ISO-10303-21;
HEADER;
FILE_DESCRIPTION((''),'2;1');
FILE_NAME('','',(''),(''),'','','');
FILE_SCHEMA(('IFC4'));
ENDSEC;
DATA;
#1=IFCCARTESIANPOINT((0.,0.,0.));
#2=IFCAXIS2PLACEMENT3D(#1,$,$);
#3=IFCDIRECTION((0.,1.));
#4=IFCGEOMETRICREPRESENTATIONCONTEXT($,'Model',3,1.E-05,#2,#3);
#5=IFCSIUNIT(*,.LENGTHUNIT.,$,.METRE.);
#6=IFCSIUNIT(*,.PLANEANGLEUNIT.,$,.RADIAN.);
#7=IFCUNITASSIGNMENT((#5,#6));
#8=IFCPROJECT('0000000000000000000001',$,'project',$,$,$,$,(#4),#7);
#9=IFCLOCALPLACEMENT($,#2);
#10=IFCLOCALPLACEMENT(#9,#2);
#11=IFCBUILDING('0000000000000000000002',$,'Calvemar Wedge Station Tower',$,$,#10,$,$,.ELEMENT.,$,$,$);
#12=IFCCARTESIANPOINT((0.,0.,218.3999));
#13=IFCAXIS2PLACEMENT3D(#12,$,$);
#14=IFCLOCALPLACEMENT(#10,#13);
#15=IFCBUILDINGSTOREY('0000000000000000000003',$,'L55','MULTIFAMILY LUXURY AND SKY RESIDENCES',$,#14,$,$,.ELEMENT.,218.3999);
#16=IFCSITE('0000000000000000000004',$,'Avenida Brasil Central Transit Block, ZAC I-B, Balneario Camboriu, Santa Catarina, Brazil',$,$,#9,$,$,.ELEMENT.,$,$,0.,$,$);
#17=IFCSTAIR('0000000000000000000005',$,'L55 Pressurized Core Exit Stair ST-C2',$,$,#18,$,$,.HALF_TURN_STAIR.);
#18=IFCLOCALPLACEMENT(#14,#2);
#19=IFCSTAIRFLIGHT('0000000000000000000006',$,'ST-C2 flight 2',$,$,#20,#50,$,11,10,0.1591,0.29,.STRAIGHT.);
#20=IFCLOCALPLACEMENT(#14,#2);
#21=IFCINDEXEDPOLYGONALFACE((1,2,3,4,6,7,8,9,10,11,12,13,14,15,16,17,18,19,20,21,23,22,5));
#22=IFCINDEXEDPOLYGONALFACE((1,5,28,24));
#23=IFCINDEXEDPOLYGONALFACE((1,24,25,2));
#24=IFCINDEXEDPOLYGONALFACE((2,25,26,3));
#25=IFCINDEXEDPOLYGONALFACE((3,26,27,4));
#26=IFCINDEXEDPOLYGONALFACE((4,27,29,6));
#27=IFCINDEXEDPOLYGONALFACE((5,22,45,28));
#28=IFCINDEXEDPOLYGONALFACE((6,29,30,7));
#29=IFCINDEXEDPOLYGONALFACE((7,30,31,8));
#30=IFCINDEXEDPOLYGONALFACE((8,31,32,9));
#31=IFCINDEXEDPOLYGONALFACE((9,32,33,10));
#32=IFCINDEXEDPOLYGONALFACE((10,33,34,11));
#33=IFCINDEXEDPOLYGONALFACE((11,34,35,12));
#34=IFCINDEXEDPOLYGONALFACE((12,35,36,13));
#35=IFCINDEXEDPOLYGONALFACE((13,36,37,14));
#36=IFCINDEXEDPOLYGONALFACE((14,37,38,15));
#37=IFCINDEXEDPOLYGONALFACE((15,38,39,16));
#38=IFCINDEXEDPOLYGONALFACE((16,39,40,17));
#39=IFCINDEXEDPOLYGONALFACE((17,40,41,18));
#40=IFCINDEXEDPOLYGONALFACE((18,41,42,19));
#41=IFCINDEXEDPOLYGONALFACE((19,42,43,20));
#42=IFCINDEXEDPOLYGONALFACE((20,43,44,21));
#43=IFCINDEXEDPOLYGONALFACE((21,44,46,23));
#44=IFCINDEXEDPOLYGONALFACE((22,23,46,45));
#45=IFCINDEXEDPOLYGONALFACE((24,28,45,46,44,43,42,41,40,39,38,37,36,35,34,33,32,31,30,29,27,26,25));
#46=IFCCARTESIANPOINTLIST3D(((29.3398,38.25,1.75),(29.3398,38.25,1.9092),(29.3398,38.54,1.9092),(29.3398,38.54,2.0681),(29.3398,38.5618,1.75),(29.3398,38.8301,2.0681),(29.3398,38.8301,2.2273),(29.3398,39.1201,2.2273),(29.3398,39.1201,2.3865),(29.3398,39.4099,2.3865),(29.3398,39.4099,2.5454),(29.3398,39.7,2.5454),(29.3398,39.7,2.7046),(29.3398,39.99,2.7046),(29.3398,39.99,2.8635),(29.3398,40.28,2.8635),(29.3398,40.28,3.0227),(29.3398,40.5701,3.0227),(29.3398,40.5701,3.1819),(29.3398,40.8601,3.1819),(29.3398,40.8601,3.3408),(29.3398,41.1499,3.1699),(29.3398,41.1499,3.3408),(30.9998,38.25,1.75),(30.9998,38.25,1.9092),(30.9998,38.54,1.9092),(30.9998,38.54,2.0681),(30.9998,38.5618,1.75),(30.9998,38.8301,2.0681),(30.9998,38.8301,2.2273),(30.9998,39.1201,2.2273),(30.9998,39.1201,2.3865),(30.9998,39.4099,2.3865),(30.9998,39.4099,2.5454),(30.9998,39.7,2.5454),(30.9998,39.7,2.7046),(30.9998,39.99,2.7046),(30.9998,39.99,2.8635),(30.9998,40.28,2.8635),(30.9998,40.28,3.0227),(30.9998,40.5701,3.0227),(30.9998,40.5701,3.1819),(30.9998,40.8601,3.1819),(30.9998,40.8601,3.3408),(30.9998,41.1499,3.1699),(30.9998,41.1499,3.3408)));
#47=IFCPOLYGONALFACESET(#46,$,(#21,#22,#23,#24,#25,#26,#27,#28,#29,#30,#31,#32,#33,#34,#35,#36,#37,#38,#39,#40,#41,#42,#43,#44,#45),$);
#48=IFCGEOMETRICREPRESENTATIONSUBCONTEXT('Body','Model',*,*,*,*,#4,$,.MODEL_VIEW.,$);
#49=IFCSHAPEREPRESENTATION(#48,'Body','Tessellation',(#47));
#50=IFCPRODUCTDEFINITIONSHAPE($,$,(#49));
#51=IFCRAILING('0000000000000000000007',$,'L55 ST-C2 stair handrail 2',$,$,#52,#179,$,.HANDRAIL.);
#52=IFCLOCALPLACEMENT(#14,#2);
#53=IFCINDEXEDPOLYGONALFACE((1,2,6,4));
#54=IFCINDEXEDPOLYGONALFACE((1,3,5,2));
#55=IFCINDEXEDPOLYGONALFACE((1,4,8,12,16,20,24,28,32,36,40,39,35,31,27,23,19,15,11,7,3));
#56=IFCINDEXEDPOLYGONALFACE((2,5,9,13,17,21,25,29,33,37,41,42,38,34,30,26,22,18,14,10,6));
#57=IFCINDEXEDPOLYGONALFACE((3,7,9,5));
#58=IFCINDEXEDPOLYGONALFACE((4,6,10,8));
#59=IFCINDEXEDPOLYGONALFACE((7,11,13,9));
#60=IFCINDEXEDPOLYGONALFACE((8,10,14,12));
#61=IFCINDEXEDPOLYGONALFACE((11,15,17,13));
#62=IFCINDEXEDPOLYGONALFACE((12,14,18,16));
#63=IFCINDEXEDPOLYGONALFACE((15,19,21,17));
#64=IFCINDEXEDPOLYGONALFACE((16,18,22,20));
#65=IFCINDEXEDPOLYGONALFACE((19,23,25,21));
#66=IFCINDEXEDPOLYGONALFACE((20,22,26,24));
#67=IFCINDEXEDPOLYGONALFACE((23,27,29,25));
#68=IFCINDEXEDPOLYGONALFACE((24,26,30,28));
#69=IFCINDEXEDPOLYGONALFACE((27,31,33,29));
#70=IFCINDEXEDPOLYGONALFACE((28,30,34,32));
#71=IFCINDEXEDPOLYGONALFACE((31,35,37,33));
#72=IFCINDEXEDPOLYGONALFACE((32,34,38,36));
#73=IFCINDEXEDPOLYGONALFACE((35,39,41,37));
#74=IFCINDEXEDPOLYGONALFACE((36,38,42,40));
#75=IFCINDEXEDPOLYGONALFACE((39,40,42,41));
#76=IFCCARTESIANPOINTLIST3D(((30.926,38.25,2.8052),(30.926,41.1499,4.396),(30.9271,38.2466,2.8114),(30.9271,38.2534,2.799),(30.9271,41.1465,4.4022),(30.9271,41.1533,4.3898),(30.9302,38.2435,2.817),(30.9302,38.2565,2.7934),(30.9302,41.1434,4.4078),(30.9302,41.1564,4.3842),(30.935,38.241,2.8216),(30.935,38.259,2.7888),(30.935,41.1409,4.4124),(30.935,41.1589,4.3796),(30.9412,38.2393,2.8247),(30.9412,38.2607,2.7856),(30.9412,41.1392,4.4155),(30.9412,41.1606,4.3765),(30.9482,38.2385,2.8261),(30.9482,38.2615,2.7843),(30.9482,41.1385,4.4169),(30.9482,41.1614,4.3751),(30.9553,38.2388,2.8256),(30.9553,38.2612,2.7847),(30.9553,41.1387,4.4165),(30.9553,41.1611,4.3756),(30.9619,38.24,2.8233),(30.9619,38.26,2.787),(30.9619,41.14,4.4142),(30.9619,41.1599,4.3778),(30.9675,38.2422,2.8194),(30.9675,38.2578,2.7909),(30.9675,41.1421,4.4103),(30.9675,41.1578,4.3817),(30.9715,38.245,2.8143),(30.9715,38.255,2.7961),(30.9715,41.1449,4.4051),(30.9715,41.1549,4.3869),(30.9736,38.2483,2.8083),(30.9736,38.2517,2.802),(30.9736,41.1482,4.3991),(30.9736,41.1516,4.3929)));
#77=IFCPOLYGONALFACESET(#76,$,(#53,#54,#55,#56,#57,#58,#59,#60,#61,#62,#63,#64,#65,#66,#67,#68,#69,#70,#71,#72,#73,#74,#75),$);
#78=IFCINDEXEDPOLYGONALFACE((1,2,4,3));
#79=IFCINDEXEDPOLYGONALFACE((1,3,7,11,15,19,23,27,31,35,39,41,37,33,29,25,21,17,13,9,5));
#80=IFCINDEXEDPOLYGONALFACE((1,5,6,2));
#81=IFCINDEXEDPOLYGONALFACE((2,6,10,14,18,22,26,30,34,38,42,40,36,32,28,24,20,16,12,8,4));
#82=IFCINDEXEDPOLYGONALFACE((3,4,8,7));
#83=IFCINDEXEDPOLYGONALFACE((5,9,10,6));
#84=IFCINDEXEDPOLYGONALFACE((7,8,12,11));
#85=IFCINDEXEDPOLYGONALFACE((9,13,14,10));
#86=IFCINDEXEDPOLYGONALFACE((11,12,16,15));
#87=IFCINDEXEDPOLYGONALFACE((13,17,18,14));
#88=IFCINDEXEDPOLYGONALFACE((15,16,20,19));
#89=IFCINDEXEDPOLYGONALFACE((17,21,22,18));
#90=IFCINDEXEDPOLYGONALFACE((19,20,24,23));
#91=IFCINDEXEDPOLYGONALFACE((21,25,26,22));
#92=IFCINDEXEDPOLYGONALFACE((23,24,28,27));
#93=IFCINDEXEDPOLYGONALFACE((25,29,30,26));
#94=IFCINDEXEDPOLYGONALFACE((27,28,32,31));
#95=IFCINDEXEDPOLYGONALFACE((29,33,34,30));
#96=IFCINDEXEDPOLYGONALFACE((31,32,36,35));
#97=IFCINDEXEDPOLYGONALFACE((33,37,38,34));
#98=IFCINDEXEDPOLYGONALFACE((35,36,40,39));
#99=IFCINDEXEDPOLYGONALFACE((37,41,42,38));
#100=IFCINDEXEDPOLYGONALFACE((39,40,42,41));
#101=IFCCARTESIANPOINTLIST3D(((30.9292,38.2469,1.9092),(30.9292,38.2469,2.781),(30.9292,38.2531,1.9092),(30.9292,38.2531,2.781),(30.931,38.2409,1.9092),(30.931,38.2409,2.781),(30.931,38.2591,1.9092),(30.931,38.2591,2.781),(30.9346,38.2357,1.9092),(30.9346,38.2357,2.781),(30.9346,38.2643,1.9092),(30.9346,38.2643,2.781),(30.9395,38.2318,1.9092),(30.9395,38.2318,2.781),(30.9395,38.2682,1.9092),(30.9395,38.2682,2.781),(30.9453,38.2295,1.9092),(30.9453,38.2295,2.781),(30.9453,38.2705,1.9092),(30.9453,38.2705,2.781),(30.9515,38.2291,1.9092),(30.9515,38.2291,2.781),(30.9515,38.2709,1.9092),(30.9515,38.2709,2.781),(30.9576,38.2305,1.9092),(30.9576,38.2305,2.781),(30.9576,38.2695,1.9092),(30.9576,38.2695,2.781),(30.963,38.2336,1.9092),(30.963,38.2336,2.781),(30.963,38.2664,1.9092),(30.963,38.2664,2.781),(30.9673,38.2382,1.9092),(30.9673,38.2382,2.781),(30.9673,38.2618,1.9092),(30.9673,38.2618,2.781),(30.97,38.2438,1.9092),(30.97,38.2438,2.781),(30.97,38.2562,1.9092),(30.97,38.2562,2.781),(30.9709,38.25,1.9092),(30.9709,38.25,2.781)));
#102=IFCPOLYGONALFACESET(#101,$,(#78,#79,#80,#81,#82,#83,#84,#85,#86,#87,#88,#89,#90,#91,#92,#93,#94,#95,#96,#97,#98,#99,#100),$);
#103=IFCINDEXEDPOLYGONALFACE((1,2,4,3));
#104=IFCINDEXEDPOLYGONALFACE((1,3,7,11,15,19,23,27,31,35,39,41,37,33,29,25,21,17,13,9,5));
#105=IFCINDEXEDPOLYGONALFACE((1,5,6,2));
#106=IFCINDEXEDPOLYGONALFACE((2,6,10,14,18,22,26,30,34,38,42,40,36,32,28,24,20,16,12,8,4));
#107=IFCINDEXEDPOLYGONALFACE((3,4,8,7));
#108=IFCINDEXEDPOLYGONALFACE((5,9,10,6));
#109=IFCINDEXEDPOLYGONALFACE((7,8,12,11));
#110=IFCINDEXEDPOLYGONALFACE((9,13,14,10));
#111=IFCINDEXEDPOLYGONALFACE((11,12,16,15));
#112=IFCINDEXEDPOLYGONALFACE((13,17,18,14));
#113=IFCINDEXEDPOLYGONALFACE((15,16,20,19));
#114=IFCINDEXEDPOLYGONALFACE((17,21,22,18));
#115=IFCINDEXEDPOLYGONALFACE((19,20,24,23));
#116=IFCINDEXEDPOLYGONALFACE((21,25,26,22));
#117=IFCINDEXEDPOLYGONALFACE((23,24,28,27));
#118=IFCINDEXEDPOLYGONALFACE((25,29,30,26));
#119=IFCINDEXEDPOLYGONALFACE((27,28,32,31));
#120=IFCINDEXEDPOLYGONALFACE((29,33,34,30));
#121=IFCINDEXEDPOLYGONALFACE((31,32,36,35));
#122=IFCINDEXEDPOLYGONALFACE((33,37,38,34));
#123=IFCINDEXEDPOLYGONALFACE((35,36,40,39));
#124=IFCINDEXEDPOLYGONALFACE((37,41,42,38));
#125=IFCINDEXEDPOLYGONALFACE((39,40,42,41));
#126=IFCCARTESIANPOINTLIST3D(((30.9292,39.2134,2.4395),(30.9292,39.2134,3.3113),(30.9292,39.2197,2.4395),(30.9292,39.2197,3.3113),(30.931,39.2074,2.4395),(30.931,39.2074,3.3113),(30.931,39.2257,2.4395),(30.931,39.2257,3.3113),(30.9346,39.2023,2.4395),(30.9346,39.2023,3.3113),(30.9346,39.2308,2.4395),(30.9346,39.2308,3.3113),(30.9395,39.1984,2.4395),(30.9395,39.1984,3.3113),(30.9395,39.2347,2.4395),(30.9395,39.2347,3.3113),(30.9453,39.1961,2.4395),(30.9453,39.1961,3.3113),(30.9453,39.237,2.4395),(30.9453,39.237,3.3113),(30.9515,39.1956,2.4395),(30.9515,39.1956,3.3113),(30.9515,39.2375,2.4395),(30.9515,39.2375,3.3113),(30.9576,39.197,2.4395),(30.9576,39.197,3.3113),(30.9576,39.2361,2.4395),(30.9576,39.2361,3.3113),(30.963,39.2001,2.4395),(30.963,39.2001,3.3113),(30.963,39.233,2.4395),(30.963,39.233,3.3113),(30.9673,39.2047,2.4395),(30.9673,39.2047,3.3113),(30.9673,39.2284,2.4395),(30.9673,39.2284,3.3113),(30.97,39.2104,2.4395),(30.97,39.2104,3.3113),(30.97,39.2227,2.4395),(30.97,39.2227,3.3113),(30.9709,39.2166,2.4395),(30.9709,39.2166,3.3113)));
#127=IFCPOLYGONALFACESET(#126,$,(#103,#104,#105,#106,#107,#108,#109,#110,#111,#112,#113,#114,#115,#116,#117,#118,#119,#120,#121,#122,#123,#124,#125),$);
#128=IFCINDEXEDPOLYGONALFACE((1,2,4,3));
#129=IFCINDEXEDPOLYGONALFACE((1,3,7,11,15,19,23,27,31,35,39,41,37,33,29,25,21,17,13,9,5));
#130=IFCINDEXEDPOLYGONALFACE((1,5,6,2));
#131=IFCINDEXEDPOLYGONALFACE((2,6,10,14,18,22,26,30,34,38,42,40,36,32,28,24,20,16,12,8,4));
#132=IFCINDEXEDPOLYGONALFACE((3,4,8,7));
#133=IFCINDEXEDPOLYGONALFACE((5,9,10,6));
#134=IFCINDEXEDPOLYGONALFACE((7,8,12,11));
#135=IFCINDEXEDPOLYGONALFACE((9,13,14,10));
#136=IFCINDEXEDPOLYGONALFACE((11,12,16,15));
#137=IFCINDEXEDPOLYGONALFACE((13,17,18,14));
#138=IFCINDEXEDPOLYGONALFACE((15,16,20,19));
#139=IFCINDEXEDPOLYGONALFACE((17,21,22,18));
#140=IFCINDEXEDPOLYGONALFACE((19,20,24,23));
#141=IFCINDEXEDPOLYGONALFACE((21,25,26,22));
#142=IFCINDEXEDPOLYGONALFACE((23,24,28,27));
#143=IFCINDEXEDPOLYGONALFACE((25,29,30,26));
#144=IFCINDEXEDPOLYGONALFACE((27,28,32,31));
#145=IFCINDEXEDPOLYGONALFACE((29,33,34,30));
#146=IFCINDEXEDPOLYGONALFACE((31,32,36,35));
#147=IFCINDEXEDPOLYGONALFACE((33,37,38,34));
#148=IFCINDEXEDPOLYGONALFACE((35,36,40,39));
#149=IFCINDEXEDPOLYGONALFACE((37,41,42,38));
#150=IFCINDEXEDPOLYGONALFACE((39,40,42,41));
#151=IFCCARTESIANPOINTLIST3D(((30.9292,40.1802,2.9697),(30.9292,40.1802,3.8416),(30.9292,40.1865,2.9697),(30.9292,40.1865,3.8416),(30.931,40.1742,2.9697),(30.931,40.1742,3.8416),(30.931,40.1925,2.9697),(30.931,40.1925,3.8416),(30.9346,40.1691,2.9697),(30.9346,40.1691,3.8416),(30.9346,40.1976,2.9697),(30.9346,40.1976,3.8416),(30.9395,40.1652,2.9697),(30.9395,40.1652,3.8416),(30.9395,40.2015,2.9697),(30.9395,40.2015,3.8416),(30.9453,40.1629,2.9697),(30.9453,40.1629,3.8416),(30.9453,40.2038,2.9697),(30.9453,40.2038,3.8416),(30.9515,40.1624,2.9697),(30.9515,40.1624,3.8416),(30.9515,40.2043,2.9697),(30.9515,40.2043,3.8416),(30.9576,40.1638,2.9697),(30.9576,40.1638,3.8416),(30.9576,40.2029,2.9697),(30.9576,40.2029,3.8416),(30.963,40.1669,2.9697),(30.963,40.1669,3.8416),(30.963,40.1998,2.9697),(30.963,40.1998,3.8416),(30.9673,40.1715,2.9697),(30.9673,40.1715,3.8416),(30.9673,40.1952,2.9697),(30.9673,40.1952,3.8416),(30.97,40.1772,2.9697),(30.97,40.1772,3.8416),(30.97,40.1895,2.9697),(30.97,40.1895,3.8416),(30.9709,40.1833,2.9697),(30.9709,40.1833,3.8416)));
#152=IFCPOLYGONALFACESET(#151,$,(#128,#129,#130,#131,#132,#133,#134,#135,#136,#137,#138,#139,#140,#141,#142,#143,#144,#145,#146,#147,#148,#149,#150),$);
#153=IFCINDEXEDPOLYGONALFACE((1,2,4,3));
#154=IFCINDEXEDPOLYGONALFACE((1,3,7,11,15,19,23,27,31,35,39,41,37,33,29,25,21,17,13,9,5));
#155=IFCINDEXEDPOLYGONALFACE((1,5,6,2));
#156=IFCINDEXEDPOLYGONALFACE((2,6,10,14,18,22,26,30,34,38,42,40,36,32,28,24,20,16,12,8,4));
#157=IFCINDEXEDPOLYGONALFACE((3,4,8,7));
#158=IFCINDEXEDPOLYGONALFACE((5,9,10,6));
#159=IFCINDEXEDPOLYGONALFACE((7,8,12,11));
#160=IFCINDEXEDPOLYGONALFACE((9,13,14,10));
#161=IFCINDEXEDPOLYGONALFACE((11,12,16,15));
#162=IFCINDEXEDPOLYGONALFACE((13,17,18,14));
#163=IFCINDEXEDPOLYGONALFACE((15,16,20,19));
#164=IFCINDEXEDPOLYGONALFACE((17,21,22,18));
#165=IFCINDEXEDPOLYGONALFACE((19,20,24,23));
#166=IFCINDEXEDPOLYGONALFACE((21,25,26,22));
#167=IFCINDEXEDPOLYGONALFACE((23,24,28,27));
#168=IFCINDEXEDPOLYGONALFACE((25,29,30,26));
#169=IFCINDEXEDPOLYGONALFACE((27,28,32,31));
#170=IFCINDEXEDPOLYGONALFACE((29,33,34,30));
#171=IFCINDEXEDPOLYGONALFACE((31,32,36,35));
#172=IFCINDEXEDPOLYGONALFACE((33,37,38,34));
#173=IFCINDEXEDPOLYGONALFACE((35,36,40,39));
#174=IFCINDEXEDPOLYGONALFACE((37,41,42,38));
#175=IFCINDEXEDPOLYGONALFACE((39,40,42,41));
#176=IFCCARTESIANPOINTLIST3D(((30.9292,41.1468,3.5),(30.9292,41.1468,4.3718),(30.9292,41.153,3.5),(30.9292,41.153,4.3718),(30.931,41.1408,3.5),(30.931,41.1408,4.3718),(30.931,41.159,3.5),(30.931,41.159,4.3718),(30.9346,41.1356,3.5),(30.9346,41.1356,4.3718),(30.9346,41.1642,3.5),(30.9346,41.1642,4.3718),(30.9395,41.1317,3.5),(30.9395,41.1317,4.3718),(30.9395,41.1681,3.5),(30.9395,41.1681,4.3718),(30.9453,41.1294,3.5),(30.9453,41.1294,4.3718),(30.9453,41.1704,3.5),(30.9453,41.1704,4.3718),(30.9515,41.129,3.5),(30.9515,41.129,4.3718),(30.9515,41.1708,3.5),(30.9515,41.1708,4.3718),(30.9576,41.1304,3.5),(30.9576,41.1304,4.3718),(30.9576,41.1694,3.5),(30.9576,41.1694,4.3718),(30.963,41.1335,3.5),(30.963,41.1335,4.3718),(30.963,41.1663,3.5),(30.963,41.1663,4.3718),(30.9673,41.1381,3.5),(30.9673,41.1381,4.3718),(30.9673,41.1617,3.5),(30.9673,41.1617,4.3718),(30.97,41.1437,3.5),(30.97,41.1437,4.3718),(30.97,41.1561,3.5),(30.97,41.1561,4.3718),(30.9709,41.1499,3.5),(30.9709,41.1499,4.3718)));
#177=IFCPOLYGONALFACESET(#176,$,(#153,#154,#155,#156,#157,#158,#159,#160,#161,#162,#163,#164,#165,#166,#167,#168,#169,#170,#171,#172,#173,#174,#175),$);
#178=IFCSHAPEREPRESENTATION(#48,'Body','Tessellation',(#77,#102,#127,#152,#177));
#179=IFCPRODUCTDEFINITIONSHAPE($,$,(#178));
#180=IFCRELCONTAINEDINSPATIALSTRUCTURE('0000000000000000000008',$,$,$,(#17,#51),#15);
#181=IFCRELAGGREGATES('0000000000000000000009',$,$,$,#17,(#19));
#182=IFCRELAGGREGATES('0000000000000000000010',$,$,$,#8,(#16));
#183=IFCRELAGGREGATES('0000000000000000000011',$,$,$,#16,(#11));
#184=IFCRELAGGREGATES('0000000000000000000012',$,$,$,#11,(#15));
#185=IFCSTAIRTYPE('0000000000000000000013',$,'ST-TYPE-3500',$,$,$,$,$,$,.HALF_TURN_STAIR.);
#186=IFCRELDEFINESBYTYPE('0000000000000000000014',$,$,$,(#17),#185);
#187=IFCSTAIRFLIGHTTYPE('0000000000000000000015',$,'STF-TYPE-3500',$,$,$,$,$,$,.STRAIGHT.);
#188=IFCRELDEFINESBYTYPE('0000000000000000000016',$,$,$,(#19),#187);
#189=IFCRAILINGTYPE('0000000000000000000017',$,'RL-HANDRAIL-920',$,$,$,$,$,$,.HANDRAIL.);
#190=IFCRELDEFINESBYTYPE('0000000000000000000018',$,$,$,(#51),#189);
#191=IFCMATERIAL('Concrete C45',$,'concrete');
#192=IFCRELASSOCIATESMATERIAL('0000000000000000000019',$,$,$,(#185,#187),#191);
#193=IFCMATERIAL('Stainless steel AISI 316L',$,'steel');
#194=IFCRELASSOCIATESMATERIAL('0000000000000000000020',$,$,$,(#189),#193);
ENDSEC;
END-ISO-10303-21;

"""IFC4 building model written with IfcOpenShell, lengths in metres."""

from ifc_helpers import new_model, si_unit, direction, frame, origin, origin_2d, place, context, subcontext, project, spatial, polyline, circle, outline, extrude, material, type_object, element, aggregate, save


model = new_model("IFC4")

# Units and contexts
model_context = context("Model", 3, precision=1e-05, world=origin(), true_north=direction((0.0, 1.0)))
body_context = subcontext(model_context, "Body", "Model", "MODEL_VIEW")
ifc_project = project(units=[si_unit("LENGTHUNIT", "METRE"), si_unit("PLANEANGLEUNIT", "RADIAN")], contexts=[model_context])

# Site, building, storey
site_placement = place(None, origin())
site = spatial("IfcSite", under=ifc_project, at=site_placement, Name="Avenida Brasil Central Transit Block, ZAC I-B, Balneario Camboriu, Santa Catarina, Brazil", CompositionType="ELEMENT", RefElevation=0.0)
building_placement = place(site_placement, origin())
building = spatial("IfcBuilding", under=site, at=building_placement, Name="Calvemar Wedge Station Tower", CompositionType="ELEMENT")
storey_placement = place(building_placement, frame((0.0, 0.0, 218.3999)))
storey = spatial("IfcBuildingStorey", under=building, at=storey_placement, Name="L55", Description="MULTIFAMILY LUXURY AND SKY RESIDENCES", CompositionType="ELEMENT", Elevation=218.3999)

# Stair, stair flight
ifc_material_1 = material(Name="Concrete C45", Category="concrete")
stair_type = type_object("IfcStairType", Name="ST-TYPE-3500", PredefinedType="HALF_TURN_STAIR", material=ifc_material_1)
stair_placement = place(storey_placement, origin())
stair = element("IfcStair", 1, at=stair_placement, inside=storey, type_object=stair_type, Name="L55 Pressurized Core Exit Stair ST-C2", PredefinedType="HALF_TURN_STAIR")
stair_flight_type = type_object("IfcStairFlightType", Name="STF-TYPE-3500", PredefinedType="STRAIGHT", material=ifc_material_1)
stair_flight_1_placement = place(storey_placement, frame((30.1699, 38.25, 1.75), z_axis=(0.0, 0.0, 1.0), x_axis=(0.0, 1.0, 0.0)))
stair_flight_1 = element("IfcStairFlight", 2, at=stair_flight_1_placement, type_object=stair_flight_type, Name="ST-C2 flight 2", NumberOfRisers=11, NumberOfTreads=10, PredefinedType="STRAIGHT", RiserHeight=0.1591, TreadLength=0.29, context=body_context, shape_type="SweptSolid", body=[
    extrude(outline(polyline([(0.0, 0.0), (0.0, 0.1592), (0.29, 0.1592), (0.29, 0.3181), (0.5801, 0.3181), (0.5801, 0.4773), (0.8701, 0.4773), (0.8701, 0.6365), (1.1599, 0.6365), (1.1599, 0.7954), (1.45, 0.7954), (1.45, 0.9546), (1.74, 0.9546), (1.74, 1.1135), (2.03, 1.1135), (2.03, 1.2727), (2.3201, 1.2727), (2.3201, 1.4319), (2.6101, 1.4319), (2.6101, 1.5908), (2.8999, 1.5908), (2.8999, 1.75), (2.8999, 1.4199), (0.3118, 0.0), (0.0, 0.0)])), frame((0.0, 0.8301, 0.0), z_axis=(0.0, -1.0, 0.0), x_axis=(1.0, 0.0, 0.0)), (0.0, 0.0, 1.0), 1.6599),
])
aggregate(stair, [stair_flight_1])

# Railing
ifc_material_2 = material(Name="Stainless steel AISI 316L", Category="steel")
railing_type_1 = type_object("IfcRailingType", Name="RL-HANDRAIL-920", PredefinedType="HANDRAIL", material=ifc_material_2)
railing_1_placement = place(storey_placement, frame((30.95, 38.25, 1.9092)))
element("IfcRailing", 3, at=railing_1_placement, inside=storey, type_object=railing_type_1, Name="L55 ST-C2 stair handrail 2", PredefinedType="HANDRAIL", context=body_context, shape_type="SweptSolid", body=[
    extrude(circle(Radius=0.0239, at=origin_2d()), frame((0.0, 0.0, 0.896), z_axis=(0.0, 0.876742, 0.480961), x_axis=(-1.0, 0.0, 0.0)), (0.0, 0.0, 1.0), 3.3076),
    extrude(circle(Radius=0.021, at=origin_2d()), origin(), (0.0, 0.0, 1.0), 0.8718),
    extrude(circle(Radius=0.021, at=origin_2d()), frame((0.0, 0.9666, 0.5303)), (0.0, 0.0, 1.0), 0.8718),
    extrude(circle(Radius=0.021, at=origin_2d()), frame((0.0, 1.9333, 1.0605)), (0.0, 0.0, 1.0), 0.8718),
    extrude(circle(Radius=0.021, at=origin_2d()), frame((0.0, 2.8999, 1.5908)), (0.0, 0.0, 1.0), 0.8718),
])

save(model, "model.ifc")
